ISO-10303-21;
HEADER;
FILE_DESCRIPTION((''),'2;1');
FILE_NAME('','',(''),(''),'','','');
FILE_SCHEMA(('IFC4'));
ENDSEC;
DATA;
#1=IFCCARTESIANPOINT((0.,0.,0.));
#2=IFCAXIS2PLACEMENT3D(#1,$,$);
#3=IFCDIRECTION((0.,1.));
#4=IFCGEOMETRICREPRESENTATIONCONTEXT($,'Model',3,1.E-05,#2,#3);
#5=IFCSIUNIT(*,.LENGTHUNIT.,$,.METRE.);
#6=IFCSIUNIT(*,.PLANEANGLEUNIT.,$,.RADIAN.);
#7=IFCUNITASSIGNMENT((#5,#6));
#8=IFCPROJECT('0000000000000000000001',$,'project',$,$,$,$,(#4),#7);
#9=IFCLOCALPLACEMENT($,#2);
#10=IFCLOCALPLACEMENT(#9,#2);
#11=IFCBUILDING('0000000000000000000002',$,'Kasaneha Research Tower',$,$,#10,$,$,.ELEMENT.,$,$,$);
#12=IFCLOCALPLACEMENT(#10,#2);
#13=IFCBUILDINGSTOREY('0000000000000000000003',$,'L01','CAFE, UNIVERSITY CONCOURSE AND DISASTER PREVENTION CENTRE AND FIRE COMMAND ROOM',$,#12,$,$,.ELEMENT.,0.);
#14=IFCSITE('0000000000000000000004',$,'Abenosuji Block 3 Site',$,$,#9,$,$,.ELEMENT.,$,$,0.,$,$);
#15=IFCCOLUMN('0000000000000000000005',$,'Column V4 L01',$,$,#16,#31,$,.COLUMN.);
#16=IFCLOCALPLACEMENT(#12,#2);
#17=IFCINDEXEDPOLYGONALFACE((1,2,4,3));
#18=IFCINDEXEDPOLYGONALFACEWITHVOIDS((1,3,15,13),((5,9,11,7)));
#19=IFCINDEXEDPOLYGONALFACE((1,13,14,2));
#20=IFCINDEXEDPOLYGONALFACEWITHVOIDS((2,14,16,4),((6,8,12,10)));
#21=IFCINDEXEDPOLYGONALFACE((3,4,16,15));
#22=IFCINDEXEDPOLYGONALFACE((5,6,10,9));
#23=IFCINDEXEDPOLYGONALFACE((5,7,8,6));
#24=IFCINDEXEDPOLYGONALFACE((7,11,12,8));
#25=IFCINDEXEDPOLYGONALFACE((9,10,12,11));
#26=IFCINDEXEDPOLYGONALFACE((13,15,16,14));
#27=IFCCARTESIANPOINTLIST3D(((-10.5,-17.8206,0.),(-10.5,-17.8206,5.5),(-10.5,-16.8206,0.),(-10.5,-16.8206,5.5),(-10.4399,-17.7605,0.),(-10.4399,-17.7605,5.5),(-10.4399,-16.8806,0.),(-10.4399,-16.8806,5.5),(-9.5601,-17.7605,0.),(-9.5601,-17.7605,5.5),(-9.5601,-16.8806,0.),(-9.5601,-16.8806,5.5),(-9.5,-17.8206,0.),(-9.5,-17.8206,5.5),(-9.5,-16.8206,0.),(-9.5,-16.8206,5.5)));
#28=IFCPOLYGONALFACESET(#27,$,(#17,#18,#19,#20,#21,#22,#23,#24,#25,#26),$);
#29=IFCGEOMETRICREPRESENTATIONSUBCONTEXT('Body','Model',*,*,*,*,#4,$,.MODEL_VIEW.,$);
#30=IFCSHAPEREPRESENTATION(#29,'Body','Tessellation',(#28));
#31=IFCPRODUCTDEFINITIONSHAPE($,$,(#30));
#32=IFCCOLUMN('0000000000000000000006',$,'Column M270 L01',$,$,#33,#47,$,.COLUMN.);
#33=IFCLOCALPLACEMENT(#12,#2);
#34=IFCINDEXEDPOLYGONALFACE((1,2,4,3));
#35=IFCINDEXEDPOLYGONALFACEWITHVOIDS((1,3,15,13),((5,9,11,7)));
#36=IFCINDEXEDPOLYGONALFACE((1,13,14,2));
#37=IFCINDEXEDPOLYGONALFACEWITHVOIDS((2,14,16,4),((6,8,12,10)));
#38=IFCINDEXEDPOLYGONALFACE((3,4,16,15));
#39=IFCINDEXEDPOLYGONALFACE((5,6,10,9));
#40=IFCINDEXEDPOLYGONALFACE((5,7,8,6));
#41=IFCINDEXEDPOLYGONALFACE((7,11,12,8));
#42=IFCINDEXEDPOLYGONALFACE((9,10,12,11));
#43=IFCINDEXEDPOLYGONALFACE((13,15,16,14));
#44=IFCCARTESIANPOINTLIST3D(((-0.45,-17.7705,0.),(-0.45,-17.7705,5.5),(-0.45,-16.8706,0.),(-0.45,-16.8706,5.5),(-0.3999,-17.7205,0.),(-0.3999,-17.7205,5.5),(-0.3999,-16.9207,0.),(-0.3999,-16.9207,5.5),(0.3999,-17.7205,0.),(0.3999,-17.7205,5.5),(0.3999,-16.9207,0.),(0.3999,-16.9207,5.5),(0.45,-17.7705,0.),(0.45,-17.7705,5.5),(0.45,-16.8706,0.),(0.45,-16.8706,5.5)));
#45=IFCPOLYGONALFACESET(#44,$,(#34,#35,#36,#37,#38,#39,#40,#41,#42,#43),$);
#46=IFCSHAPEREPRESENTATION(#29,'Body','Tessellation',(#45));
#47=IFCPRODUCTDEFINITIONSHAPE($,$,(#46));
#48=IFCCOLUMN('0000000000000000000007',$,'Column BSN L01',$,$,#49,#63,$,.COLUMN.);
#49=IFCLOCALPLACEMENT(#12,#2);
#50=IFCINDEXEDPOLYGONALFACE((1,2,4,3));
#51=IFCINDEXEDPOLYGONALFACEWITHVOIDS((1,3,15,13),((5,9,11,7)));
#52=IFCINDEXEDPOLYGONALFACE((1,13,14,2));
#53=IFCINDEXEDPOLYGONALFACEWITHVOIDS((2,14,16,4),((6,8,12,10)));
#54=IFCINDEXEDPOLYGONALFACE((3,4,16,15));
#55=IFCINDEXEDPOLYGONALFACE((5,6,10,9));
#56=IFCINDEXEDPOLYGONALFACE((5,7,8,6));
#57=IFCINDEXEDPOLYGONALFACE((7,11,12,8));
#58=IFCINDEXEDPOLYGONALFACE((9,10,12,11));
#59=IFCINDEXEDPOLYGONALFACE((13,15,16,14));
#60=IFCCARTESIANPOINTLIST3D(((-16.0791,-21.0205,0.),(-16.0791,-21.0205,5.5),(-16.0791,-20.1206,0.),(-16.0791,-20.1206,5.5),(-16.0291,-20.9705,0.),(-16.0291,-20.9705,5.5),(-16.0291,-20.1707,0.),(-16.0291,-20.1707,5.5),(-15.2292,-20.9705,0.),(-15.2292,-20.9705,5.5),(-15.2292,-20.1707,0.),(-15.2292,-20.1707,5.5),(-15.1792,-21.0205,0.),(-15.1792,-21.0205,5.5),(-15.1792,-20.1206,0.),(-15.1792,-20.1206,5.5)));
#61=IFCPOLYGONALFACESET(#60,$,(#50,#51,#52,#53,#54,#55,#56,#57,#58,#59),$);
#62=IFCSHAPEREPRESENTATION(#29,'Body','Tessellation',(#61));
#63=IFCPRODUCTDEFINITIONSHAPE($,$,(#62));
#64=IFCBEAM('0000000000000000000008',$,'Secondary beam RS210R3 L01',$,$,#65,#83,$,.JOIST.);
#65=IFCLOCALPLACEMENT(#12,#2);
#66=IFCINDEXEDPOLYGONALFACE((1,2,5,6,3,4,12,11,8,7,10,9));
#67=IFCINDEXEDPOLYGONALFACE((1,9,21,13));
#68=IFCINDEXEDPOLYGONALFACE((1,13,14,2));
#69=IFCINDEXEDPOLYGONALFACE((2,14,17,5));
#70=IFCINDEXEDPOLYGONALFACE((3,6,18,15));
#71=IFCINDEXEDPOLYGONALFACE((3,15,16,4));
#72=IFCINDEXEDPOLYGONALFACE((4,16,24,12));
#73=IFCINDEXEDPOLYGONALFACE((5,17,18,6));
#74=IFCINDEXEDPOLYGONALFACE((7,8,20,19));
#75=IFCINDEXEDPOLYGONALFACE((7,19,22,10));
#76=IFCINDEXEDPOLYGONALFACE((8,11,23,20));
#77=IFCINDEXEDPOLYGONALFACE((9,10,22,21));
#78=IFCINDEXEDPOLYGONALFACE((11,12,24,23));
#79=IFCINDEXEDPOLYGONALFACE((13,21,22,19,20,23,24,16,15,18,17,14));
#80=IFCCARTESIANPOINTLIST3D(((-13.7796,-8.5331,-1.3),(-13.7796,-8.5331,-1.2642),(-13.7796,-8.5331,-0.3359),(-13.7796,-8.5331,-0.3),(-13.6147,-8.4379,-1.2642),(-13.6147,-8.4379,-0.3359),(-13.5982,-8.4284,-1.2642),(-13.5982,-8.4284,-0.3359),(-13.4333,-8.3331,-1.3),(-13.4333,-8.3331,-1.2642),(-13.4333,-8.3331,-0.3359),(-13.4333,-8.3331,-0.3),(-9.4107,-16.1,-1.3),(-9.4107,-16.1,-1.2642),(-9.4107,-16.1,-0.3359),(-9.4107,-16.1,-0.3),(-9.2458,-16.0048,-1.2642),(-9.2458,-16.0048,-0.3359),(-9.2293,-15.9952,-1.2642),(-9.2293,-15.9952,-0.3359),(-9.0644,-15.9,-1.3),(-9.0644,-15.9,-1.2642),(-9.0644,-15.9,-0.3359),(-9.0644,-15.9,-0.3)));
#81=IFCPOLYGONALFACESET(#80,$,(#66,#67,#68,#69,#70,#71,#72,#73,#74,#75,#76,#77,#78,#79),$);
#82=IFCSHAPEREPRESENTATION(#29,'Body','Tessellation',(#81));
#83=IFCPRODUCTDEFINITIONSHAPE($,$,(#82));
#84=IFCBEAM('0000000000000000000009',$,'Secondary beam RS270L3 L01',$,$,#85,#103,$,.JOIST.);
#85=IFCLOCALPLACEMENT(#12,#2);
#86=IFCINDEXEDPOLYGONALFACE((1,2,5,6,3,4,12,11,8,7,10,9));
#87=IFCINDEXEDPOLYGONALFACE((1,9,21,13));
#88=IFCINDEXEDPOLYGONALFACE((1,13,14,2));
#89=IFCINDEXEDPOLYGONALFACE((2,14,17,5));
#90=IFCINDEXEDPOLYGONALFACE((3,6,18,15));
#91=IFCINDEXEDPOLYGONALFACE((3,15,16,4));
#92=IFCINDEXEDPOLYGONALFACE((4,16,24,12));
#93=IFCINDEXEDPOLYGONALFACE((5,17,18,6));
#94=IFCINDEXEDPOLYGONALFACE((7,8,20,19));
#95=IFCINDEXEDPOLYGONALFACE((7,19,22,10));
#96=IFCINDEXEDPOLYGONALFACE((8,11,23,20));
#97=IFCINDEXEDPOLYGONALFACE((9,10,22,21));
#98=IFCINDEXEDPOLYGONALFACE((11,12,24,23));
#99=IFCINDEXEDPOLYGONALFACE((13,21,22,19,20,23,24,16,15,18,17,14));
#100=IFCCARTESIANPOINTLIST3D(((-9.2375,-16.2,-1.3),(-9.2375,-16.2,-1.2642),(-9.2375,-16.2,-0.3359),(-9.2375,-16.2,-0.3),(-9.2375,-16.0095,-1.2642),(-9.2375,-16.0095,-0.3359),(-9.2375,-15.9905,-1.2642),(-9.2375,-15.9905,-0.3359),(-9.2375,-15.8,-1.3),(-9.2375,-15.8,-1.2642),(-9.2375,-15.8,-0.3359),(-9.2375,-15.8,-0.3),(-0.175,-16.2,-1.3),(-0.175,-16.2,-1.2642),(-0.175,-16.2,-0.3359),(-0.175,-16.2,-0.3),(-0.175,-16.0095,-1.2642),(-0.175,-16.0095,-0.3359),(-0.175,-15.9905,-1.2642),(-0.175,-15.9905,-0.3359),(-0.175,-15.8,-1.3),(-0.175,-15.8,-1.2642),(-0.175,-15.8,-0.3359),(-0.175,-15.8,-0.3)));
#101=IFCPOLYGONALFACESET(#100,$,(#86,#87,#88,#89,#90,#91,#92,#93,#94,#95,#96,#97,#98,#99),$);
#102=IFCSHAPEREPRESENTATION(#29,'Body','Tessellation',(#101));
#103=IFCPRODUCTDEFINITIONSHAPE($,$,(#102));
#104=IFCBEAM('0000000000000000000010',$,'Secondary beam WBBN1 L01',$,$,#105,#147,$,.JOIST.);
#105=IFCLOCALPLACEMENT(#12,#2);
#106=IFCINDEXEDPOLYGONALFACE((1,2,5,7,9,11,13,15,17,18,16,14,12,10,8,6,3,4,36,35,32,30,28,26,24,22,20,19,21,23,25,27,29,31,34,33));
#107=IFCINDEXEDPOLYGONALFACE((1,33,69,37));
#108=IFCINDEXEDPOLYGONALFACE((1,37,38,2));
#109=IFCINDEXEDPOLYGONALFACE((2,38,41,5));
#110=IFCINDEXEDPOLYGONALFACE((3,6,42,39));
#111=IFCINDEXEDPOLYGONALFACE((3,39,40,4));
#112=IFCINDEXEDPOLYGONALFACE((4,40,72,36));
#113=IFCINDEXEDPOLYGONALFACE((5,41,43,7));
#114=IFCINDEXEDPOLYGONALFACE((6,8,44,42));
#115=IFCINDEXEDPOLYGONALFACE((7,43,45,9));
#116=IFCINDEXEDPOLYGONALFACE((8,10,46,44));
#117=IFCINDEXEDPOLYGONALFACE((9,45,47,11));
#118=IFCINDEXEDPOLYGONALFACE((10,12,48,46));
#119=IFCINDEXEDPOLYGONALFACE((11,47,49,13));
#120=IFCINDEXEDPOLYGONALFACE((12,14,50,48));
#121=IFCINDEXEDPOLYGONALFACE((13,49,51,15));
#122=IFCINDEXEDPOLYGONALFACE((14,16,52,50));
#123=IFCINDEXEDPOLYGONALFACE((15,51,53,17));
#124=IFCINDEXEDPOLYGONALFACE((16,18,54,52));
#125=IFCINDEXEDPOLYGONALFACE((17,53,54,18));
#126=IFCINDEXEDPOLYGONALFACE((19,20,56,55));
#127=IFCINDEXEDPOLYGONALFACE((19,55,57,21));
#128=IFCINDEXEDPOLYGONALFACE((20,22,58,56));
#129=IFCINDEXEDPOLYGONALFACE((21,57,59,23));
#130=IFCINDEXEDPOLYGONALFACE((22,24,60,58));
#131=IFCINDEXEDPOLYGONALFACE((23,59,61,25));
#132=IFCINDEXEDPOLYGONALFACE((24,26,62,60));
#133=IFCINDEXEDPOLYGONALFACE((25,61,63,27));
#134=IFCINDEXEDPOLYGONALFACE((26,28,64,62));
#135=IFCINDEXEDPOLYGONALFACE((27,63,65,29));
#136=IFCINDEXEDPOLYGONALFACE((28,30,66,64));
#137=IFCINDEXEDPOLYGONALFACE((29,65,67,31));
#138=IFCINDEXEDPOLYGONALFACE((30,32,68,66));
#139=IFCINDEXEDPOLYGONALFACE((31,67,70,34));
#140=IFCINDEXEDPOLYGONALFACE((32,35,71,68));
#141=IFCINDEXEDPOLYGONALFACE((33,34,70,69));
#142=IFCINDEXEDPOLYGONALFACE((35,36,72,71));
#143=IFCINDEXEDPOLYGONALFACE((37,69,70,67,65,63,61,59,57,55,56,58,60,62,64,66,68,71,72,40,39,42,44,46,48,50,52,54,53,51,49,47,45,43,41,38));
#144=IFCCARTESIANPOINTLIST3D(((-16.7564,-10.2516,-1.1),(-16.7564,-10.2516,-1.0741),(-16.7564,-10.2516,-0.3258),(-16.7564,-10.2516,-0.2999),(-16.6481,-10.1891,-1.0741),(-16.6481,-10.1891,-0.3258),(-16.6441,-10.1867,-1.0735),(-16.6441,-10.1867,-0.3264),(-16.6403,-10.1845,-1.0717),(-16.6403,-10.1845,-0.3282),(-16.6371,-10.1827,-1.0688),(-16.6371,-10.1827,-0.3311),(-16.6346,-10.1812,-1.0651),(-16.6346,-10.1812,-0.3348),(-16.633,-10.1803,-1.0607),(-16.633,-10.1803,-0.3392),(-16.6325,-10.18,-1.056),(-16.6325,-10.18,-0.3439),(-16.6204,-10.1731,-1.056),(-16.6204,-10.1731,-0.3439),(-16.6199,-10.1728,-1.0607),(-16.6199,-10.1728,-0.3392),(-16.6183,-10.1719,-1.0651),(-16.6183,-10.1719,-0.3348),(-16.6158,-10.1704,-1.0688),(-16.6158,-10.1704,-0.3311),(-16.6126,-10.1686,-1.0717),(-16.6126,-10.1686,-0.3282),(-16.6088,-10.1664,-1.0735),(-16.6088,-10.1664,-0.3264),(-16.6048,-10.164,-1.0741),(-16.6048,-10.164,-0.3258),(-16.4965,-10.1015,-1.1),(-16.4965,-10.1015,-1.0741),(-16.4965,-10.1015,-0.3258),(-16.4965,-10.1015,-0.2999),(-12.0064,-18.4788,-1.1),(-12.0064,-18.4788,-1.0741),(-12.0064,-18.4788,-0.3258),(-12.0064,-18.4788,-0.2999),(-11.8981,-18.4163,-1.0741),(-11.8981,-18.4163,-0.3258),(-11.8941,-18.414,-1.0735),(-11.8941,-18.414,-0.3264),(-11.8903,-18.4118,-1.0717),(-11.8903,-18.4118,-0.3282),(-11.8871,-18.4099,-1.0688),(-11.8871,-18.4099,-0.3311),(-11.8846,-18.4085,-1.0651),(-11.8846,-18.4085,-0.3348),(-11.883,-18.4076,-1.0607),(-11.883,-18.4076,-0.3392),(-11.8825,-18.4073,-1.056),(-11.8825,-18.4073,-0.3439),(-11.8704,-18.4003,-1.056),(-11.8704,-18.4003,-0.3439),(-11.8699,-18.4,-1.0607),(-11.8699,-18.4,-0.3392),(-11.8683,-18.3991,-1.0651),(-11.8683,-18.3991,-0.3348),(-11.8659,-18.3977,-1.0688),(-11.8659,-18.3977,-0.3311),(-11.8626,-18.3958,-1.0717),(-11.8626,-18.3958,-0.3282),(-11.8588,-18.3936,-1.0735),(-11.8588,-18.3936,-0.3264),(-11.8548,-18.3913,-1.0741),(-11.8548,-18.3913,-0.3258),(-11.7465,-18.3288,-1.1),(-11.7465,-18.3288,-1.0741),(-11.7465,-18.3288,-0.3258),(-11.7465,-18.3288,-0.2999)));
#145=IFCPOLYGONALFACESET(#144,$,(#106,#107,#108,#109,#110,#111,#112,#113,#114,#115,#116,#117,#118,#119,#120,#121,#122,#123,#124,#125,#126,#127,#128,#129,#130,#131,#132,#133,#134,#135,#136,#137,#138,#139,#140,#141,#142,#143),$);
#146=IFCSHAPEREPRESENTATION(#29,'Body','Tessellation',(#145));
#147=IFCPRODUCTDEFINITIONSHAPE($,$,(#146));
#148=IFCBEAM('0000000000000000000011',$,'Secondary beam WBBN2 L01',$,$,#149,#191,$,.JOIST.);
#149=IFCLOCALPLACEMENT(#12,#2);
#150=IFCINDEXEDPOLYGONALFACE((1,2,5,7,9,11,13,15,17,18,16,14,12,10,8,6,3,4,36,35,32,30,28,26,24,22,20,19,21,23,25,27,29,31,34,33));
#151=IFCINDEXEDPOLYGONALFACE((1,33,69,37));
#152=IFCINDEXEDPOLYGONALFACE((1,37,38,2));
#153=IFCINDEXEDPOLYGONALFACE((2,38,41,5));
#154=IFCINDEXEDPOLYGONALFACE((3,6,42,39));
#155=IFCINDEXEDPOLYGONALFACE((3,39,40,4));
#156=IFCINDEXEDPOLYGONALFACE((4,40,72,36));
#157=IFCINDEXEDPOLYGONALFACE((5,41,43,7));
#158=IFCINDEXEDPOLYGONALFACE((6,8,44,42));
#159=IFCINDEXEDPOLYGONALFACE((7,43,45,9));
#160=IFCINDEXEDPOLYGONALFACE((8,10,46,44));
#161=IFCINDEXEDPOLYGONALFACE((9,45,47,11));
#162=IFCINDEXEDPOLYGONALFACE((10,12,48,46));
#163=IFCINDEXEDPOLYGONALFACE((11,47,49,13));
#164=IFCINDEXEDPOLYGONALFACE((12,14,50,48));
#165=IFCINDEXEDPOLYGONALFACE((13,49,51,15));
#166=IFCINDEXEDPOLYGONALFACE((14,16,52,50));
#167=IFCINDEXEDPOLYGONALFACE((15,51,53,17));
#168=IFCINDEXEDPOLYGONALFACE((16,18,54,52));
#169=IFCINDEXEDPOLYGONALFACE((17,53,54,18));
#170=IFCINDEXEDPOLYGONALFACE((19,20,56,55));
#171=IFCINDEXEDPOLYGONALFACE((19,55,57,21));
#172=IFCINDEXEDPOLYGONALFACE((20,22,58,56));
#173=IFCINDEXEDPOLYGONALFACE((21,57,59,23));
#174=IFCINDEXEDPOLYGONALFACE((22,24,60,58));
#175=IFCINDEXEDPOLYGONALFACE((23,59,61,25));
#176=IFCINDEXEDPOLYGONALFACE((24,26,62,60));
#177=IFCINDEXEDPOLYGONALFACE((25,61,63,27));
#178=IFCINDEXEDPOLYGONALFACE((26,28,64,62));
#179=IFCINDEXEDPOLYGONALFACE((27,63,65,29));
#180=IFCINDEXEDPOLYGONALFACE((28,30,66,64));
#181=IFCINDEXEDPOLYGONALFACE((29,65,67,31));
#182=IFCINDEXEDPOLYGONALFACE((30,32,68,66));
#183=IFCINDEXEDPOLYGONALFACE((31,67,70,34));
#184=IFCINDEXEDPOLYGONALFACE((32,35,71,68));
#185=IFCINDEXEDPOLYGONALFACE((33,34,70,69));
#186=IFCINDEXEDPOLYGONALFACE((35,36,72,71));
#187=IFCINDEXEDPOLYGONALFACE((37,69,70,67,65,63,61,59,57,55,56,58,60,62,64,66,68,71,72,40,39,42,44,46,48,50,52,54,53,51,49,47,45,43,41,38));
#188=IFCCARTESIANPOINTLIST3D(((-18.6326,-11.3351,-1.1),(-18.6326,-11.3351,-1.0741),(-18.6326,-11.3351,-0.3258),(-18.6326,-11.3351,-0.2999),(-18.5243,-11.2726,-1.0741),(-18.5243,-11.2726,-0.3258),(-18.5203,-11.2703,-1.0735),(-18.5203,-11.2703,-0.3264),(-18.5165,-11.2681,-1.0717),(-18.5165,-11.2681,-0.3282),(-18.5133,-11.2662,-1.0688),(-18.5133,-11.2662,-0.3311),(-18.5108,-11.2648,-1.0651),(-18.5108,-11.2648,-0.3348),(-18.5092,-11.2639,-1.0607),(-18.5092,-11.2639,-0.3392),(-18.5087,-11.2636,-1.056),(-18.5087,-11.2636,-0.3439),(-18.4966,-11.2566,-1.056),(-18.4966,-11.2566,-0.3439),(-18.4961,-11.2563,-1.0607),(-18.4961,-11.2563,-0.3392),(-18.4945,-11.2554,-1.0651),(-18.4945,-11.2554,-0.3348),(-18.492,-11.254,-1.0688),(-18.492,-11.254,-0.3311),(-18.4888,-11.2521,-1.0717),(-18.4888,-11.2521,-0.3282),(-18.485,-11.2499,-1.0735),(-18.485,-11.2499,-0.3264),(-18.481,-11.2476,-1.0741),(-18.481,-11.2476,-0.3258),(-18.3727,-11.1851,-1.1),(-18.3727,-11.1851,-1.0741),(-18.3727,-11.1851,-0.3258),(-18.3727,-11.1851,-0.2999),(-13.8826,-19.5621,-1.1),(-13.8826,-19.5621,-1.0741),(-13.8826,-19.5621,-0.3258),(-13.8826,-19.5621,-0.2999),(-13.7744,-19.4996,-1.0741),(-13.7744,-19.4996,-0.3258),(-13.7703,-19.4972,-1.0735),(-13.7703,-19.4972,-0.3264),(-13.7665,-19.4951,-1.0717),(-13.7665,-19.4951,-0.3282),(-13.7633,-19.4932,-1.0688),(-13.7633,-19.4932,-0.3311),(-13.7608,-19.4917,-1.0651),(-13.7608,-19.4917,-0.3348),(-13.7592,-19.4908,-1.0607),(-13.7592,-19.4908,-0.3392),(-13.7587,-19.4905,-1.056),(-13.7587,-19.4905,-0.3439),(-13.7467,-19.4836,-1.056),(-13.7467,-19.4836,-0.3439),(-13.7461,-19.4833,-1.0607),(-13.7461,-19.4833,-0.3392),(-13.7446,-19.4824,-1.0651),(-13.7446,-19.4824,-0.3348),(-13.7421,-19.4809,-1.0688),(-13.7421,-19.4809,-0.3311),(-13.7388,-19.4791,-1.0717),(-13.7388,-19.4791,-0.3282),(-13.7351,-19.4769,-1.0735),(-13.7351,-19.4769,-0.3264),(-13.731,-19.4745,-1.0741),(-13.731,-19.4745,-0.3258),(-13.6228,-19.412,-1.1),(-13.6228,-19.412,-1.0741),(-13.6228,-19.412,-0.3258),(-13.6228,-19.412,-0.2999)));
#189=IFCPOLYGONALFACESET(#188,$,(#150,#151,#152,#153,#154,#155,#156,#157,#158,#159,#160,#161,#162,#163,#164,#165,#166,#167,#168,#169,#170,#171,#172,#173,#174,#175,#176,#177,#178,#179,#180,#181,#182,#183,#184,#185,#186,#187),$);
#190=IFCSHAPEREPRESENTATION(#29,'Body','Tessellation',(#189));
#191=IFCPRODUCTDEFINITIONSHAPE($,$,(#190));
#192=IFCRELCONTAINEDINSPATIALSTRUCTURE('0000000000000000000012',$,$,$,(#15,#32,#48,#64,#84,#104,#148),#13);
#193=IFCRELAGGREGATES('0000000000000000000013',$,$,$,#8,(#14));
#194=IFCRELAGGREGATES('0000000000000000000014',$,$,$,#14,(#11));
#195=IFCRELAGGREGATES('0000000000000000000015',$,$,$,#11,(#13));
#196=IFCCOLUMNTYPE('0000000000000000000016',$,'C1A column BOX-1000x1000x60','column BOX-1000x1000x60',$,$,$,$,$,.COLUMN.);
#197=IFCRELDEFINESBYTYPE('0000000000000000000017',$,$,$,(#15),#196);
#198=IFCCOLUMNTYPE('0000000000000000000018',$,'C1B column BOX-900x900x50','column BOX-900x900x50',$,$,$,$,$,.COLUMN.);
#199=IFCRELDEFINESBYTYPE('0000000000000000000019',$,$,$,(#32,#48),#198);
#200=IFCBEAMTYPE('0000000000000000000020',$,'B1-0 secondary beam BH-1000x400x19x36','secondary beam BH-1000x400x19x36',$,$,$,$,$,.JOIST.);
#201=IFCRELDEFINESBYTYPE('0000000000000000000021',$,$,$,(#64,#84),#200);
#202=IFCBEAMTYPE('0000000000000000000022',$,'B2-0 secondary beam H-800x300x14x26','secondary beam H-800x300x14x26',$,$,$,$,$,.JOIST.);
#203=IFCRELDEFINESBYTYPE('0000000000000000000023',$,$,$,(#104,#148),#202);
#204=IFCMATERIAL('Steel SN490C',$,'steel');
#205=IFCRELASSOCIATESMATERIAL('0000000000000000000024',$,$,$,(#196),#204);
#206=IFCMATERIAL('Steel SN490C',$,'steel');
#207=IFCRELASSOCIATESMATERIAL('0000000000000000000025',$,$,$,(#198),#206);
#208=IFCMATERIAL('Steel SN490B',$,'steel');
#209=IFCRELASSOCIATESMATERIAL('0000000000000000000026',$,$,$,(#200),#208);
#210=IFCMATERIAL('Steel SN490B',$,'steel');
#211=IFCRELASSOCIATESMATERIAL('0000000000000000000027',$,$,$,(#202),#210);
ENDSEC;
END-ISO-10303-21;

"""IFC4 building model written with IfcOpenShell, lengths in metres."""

from ifc_helpers import new_model, si_unit, direction, frame, origin, origin_2d, place, context, subcontext, project, spatial, hollow_rectangle, i_section, extrude, material, material_profile, profile_set, type_object, element, save


model = new_model("IFC4")

# Units and contexts
model_context = context("Model", 3, precision=1e-05, world=origin(), true_north=direction((0.0, 1.0)))
body_context = subcontext(model_context, "Body", "Model", "MODEL_VIEW")
ifc_project = project(units=[si_unit("LENGTHUNIT", "METRE"), si_unit("PLANEANGLEUNIT", "RADIAN")], contexts=[model_context])

# Site, building, storey
site_placement = place(None, origin())
site = spatial("IfcSite", under=ifc_project, at=site_placement, Name="Abenosuji Block 3 Site", CompositionType="ELEMENT", RefElevation=0.0)
building_placement = place(site_placement, origin())
building = spatial("IfcBuilding", under=site, at=building_placement, Name="Kasaneha Research Tower", CompositionType="ELEMENT")
storey_placement = place(building_placement, origin())
storey = spatial("IfcBuildingStorey", under=building, at=storey_placement, Name="L01", Description="CAFE, UNIVERSITY CONCOURSE AND DISASTER PREVENTION CENTRE AND FIRE COMMAND ROOM", CompositionType="ELEMENT", Elevation=0.0)

# Columns
ifc_material_1 = material(Name="Steel SN490C", Category="steel")
ifc_material_profile_1 = material_profile(ifc_material_1, hollow_rectangle(XDim=1.0, YDim=1.0, WallThickness=0.0601, at=origin_2d()), Name="BOX-1000x1000x60")
ifc_profile_set_1 = profile_set([ifc_material_profile_1], Name="Steel SN490C")
column_type_1 = type_object("IfcColumnType", Name="C1A column BOX-1000x1000x60", Description="column BOX-1000x1000x60", PredefinedType="COLUMN", material=ifc_profile_set_1)
column_placement = place(storey_placement, frame((-10.0, -17.3206, 0.0), z_axis=(0.0, 0.0, 1.0), x_axis=(1.0, 0.0, 0.0)))
element("IfcColumn", 1, at=column_placement, inside=storey, type_object=column_type_1, Name="Column V4 L01", PredefinedType="COLUMN", context=body_context, shape_type="SweptSolid", body=[
    extrude(hollow_rectangle(XDim=1.0, YDim=1.0, WallThickness=0.0601, at=origin_2d()), origin(), (0.0, 0.0, 1.0), 5.5),
])
ifc_material_2 = material(Name="Steel SN490C", Category="steel")
ifc_material_profile_2 = material_profile(ifc_material_2, hollow_rectangle(XDim=0.8999, YDim=0.8999, WallThickness=0.05, at=origin_2d()), Name="BOX-900x900x50")
ifc_profile_set_2 = profile_set([ifc_material_profile_2], Name="Steel SN490C")
column_type_2 = type_object("IfcColumnType", Name="C1B column BOX-900x900x50", Description="column BOX-900x900x50", PredefinedType="COLUMN", material=ifc_profile_set_2)
for number, where, z_axis, x_axis, name in (
    (2, (0.0, -17.3206, 0.0), (0.0, 0.0, 1.0), (1.0, 0.0, 0.0), "Column M270 L01"),
    (3, (-15.6292, -20.5706, 0.0), (0.0, 0.0, 1.0), (1.0, 0.0, 0.0), "Column BSN L01"),
):
    element("IfcColumn", number, at=place(storey_placement, frame(where, z_axis=z_axis, x_axis=x_axis)), inside=storey, type_object=column_type_2, Name=name, PredefinedType="COLUMN", context=body_context, shape_type="SweptSolid", body=[
        extrude(hollow_rectangle(XDim=0.8999, YDim=0.8999, WallThickness=0.05, at=origin_2d()), origin(), (0.0, 0.0, 1.0), 5.5),
    ])

# Beams
ifc_material_3 = material(Name="Steel SN490B", Category="steel")
ifc_material_profile_3 = material_profile(ifc_material_3, i_section(OverallWidth=0.3999, OverallDepth=1.0, WebThickness=0.019, FlangeThickness=0.0359, at=origin_2d()), Name="BH-1000x400x19x36")
ifc_profile_set_3 = profile_set([ifc_material_profile_3], Name="Steel SN490B")
beam_type_1 = type_object("IfcBeamType", Name="B1-0 secondary beam BH-1000x400x19x36", Description="secondary beam BH-1000x400x19x36", PredefinedType="JOIST", material=ifc_profile_set_3)
beam_1_placement = place(storey_placement, frame((-9.2375, -16.0, -0.8), z_axis=(-0.500013, 0.866018, 0.0), x_axis=(-0.866018, -0.500013, 0.0)))
element("IfcBeam", 4, at=beam_1_placement, inside=storey, type_object=beam_type_1, Name="Secondary beam RS210R3 L01", PredefinedType="JOIST", context=body_context, shape_type="SweptSolid", body=[
    extrude(i_section(OverallWidth=0.3999, OverallDepth=1.0, WebThickness=0.019, FlangeThickness=0.0359, at=origin_2d()), origin(), (0.0, 0.0, 1.0), 8.7375),
])
beam_2_placement = place(storey_placement, frame((-9.2375, -16.0, -0.8), z_axis=(1.0, 0.0, 0.0), x_axis=(0.0, 1.0, 0.0)))
element("IfcBeam", 5, at=beam_2_placement, inside=storey, type_object=beam_type_1, Name="Secondary beam RS270L3 L01", PredefinedType="JOIST", context=body_context, shape_type="SweptSolid", body=[
    extrude(i_section(OverallWidth=0.3999, OverallDepth=1.0, WebThickness=0.019, FlangeThickness=0.0359, at=origin_2d()), origin(), (0.0, 0.0, 1.0), 9.0625),
])
ifc_material_4 = material(Name="Steel SN490B", Category="steel")
ifc_material_profile_4 = material_profile(ifc_material_4, i_section(OverallWidth=0.3, OverallDepth=0.8, WebThickness=0.0139, FlangeThickness=0.0259, FilletRadius=0.0181, at=origin_2d()), Name="H-800x300x14x26")
ifc_profile_set_4 = profile_set([ifc_material_profile_4], Name="Steel SN490B")
beam_type_2 = type_object("IfcBeamType", Name="B2-0 secondary beam H-800x300x14x26", Description="secondary beam H-800x300x14x26", PredefinedType="JOIST", material=ifc_profile_set_4)
beam_3_placement = place(storey_placement, frame((-11.8765, -18.4038, -0.7), z_axis=(-0.499998, 0.866027, 0.0), x_axis=(-0.866027, -0.499998, 0.0)))
element("IfcBeam", 6, at=beam_3_placement, inside=storey, type_object=beam_type_2, Name="Secondary beam WBBN1 L01", PredefinedType="JOIST", context=body_context, shape_type="SweptSolid", body=[
    extrude(i_section(OverallWidth=0.3, OverallDepth=0.8, WebThickness=0.0139, FlangeThickness=0.0259, FilletRadius=0.0181, at=origin_2d()), origin(), (0.0, 0.0, 1.0), 9.5),
])
beam_4_placement = place(storey_placement, frame((-13.7527, -19.4871, -0.7), z_axis=(-0.500009, 0.86602, 0.0), x_axis=(-0.86602, -0.500009, 0.0)))
element("IfcBeam", 7, at=beam_4_placement, inside=storey, type_object=beam_type_2, Name="Secondary beam WBBN2 L01", PredefinedType="JOIST", context=body_context, shape_type="SweptSolid", body=[
    extrude(i_section(OverallWidth=0.3, OverallDepth=0.8, WebThickness=0.0139, FlangeThickness=0.0259, FilletRadius=0.0181, at=origin_2d()), origin(), (0.0, 0.0, 1.0), 9.4998),
])

save(model, "model.ifc")
